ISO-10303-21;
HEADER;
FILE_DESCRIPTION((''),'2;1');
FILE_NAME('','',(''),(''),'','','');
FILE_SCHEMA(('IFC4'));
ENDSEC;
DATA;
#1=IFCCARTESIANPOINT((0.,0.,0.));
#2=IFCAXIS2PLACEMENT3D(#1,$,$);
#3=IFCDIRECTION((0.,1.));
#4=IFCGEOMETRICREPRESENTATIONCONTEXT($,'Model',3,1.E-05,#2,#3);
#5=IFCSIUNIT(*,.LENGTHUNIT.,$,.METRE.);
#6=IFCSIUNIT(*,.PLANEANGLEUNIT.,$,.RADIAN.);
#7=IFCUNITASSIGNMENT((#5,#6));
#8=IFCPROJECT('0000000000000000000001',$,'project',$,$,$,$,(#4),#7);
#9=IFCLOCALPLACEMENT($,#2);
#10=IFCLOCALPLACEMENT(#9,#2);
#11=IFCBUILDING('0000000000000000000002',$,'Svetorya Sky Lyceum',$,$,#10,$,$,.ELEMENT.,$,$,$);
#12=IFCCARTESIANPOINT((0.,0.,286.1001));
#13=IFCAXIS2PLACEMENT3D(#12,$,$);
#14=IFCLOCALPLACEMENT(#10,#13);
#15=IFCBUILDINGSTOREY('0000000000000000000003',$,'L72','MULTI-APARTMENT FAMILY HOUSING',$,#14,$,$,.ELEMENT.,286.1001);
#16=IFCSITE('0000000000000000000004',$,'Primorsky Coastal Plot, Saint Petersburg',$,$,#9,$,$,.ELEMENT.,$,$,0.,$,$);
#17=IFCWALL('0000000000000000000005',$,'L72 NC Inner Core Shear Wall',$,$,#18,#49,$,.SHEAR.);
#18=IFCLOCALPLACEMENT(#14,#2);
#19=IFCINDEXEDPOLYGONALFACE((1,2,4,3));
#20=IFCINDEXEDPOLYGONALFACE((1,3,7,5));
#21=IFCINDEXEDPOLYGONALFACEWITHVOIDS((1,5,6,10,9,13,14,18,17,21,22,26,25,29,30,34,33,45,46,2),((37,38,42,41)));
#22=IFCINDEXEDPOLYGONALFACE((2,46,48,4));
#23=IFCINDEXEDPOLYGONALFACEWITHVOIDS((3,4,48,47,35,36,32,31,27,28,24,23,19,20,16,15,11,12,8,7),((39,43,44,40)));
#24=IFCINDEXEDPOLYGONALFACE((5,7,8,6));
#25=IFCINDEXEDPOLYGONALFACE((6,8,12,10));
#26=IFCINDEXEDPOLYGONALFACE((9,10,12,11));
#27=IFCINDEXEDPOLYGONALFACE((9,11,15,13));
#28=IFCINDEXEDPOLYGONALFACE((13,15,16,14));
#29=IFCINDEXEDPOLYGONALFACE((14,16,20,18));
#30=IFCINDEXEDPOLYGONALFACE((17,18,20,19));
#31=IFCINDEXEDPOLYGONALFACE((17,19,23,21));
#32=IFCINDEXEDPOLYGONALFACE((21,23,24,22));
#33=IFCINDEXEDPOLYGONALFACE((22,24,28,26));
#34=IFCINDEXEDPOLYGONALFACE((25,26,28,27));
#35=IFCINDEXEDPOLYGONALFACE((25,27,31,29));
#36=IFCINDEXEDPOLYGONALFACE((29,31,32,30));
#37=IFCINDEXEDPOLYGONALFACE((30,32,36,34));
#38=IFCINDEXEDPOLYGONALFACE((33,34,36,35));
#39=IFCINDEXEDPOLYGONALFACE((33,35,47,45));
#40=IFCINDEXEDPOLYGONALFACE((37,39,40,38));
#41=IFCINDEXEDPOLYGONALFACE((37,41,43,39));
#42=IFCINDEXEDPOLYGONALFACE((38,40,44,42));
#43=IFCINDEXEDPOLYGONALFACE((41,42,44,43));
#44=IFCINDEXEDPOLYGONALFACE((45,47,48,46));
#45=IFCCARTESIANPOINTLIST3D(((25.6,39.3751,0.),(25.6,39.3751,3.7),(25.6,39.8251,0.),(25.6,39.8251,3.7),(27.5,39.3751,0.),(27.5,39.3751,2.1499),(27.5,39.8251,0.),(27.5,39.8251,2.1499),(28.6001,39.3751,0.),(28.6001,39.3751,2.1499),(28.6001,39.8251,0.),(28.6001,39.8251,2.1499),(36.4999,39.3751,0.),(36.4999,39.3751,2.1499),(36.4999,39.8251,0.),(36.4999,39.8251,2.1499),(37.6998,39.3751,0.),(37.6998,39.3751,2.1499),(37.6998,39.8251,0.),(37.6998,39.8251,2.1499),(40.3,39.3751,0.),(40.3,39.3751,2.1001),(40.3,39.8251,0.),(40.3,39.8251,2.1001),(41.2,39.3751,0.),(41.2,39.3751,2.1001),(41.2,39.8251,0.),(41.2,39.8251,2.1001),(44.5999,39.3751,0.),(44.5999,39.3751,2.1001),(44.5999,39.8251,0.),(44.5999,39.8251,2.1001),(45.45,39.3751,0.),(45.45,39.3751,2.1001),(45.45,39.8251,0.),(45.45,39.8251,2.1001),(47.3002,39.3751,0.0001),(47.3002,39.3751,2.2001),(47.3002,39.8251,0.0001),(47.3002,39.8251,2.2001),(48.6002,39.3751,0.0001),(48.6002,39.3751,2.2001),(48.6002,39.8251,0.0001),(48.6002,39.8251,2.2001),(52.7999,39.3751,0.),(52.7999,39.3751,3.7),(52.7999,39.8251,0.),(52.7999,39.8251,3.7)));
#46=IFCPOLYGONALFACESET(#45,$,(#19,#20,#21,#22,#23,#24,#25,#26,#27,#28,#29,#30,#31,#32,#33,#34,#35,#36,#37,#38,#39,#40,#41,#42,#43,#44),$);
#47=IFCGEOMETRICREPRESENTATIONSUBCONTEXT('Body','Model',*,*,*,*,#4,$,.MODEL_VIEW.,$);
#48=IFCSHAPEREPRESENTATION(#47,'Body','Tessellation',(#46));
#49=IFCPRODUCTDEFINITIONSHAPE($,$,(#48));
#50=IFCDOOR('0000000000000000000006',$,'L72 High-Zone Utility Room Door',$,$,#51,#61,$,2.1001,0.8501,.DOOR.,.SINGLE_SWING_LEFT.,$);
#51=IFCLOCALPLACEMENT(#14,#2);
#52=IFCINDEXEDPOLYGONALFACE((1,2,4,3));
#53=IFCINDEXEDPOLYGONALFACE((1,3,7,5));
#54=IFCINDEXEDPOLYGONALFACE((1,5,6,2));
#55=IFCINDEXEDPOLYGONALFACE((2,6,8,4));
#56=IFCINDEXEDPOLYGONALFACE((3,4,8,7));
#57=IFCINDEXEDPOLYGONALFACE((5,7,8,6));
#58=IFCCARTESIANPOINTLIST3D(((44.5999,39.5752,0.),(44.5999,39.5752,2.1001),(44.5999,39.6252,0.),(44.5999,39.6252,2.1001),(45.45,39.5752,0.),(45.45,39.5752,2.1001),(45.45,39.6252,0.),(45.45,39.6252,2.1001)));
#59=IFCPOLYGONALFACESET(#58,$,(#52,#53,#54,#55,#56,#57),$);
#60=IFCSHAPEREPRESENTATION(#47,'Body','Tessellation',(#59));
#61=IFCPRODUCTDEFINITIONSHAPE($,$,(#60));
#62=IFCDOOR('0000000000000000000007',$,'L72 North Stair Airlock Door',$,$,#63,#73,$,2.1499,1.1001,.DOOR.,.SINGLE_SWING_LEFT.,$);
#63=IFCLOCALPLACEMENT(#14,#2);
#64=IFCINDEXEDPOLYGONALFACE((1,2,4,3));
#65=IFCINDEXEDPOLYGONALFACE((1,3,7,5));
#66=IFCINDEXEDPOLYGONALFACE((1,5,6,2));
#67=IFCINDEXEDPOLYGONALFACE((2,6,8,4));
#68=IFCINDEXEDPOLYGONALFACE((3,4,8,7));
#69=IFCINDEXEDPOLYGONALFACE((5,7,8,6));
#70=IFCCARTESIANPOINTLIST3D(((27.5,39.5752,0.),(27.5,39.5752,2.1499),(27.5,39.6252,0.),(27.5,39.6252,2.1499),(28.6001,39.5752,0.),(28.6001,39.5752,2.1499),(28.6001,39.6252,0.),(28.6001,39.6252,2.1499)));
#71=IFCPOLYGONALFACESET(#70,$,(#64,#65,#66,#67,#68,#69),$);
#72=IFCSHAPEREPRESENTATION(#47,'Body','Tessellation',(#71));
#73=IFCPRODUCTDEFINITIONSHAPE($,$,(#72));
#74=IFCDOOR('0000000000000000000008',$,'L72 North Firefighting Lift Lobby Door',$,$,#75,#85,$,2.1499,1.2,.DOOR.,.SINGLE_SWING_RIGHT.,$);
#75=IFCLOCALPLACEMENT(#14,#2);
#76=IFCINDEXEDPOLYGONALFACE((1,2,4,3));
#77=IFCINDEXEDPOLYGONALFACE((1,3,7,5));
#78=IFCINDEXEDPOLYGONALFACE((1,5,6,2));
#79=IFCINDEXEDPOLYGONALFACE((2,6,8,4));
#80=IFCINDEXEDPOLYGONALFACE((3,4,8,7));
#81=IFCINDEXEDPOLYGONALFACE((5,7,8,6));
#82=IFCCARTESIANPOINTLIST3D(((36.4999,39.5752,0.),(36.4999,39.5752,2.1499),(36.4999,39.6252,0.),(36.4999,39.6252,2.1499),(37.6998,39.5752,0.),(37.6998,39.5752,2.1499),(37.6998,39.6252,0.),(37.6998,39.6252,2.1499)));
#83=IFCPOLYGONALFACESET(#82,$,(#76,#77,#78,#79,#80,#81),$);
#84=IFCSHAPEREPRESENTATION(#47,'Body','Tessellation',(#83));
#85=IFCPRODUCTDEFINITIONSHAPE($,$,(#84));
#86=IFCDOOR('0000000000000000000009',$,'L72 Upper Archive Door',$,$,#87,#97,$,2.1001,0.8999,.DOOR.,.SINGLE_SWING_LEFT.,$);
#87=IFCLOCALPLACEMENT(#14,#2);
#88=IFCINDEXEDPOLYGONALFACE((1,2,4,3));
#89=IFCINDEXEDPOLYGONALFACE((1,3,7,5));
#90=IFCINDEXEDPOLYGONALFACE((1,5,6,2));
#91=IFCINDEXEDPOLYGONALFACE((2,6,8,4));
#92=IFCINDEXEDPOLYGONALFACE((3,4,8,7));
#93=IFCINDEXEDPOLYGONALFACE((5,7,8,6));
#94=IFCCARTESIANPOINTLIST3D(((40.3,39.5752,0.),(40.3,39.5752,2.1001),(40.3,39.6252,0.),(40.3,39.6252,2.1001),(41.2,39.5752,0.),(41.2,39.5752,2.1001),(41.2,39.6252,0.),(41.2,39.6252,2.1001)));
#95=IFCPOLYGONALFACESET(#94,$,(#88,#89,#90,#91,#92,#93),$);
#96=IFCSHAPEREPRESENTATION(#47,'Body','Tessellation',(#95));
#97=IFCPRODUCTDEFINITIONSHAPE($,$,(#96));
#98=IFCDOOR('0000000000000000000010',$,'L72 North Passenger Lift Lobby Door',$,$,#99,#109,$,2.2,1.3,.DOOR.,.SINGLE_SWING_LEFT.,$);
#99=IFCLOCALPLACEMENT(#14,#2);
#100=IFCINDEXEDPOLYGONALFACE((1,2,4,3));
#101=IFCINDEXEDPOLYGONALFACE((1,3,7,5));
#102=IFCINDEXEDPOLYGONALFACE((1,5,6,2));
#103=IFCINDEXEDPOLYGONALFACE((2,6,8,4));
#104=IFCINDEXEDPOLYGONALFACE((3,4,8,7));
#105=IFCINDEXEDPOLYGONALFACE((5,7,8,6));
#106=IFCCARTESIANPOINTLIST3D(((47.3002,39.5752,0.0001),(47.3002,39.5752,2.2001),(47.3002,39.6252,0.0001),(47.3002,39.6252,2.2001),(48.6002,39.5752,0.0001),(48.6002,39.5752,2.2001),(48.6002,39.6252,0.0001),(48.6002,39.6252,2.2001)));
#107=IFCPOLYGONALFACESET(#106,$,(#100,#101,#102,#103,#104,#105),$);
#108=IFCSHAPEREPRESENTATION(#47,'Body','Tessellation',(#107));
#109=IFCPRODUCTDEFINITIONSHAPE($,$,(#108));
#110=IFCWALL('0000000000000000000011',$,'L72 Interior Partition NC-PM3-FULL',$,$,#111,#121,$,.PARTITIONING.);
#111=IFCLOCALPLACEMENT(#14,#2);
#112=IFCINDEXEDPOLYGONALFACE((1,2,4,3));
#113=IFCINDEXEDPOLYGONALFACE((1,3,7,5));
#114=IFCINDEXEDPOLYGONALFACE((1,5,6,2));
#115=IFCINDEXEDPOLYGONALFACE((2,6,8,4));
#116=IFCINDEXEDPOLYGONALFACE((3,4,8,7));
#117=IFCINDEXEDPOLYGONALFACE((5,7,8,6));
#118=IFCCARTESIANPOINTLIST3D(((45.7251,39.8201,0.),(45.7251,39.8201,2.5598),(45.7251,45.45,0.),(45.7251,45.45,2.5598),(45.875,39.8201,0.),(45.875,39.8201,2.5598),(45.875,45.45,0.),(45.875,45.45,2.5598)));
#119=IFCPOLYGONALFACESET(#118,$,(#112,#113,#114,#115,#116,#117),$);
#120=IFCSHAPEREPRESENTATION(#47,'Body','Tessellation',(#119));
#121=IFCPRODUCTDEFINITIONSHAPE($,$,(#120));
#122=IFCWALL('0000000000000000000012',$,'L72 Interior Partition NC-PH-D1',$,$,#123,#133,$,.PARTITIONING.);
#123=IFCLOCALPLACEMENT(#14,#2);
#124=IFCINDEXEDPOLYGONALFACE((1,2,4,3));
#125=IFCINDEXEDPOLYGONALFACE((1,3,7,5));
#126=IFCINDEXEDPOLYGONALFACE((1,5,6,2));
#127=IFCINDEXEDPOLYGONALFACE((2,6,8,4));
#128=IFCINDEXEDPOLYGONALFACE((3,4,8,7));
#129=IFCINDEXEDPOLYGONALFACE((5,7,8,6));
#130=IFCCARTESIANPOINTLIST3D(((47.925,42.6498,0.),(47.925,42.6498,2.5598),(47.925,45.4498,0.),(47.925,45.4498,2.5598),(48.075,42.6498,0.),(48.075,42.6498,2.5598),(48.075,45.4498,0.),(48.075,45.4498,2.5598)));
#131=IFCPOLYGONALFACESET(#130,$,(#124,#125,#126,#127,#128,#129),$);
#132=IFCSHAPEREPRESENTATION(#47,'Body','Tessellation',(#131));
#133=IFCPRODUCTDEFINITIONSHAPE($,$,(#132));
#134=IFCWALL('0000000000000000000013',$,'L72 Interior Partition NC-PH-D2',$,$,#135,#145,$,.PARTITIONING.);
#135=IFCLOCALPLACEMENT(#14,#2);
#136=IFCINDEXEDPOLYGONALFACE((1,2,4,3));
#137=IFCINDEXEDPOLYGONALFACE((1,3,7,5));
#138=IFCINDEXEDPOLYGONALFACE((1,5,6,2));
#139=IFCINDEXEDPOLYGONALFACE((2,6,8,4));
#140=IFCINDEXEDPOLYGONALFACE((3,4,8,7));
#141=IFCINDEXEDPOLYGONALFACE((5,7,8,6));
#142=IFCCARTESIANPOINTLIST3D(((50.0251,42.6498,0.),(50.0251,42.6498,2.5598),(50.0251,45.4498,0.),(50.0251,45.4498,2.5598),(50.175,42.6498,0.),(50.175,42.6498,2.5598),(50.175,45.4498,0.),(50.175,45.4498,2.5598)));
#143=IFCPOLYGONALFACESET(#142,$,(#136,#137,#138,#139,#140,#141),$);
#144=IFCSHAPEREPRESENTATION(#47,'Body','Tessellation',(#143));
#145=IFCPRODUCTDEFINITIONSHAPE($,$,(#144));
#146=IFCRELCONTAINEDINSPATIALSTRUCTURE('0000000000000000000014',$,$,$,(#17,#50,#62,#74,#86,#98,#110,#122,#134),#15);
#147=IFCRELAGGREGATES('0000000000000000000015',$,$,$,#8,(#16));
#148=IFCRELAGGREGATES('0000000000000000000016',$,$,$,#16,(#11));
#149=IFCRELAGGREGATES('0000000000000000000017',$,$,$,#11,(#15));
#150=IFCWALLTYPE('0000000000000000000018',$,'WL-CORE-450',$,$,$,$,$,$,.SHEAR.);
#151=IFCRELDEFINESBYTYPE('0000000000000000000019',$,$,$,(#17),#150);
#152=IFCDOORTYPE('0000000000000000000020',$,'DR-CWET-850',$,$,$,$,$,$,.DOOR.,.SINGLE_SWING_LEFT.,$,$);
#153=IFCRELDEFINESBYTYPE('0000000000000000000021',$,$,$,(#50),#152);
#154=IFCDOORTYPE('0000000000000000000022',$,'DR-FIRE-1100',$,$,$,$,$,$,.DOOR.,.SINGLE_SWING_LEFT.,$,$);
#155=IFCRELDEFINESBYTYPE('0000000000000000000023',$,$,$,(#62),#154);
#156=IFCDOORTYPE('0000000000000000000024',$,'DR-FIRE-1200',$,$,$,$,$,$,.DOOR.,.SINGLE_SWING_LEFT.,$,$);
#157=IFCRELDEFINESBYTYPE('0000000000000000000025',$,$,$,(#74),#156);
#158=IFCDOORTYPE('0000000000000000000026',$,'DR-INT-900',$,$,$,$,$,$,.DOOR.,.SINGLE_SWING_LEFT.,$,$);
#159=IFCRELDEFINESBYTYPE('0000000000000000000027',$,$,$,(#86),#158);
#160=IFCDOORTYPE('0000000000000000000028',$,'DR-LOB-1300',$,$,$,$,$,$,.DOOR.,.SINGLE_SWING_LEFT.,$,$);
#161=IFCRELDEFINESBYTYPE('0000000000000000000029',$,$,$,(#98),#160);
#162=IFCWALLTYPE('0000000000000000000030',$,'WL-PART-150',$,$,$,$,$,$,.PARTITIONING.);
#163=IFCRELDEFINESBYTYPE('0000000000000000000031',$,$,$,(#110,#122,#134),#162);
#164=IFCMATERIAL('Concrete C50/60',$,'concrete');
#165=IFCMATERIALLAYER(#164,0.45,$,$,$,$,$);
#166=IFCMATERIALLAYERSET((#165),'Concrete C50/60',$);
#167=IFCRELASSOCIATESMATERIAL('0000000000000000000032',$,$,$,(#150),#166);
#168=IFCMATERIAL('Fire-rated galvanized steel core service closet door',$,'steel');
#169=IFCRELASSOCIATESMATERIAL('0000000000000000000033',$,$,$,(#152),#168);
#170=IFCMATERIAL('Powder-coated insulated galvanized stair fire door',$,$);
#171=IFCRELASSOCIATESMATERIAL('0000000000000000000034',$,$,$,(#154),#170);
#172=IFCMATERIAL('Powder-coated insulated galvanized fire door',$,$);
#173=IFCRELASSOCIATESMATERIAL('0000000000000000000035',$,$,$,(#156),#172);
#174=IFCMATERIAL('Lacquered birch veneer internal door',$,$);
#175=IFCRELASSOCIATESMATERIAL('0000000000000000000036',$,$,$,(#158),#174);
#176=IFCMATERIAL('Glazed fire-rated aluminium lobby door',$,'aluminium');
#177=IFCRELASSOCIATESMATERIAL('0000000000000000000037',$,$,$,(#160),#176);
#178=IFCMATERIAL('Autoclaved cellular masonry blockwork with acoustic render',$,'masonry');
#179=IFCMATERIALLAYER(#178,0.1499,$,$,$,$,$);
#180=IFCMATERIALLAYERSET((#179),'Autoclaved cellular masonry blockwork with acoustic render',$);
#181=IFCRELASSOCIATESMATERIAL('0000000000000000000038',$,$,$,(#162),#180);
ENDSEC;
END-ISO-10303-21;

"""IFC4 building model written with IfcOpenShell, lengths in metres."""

from ifc_helpers import new_model, si_unit, direction, frame, frame_2d, origin, place, context, subcontext, project, spatial, rectangle, extrude, material, layer, layer_set, type_object, element, fill, save


model = new_model("IFC4")

# Units and contexts
model_context = context("Model", 3, precision=1e-05, world=origin(), true_north=direction((0.0, 1.0)))
body_context = subcontext(model_context, "Body", "Model", "MODEL_VIEW")
ifc_project = project(units=[si_unit("LENGTHUNIT", "METRE"), si_unit("PLANEANGLEUNIT", "RADIAN")], contexts=[model_context])

# Site, building, storey
site_placement = place(None, origin())
site = spatial("IfcSite", under=ifc_project, at=site_placement, Name="Primorsky Coastal Plot, Saint Petersburg", CompositionType="ELEMENT", RefElevation=0.0)
building_placement = place(site_placement, origin())
building = spatial("IfcBuilding", under=site, at=building_placement, Name="Svetorya Sky Lyceum", CompositionType="ELEMENT")
storey_placement = place(building_placement, frame((0.0, 0.0, 286.1001)))
storey = spatial("IfcBuildingStorey", under=building, at=storey_placement, Name="L72", Description="MULTI-APARTMENT FAMILY HOUSING", CompositionType="ELEMENT", Elevation=286.1001)

# Wall, openings, doors
ifc_material_1 = material(Name="Concrete C50/60", Category="concrete")
ifc_layer_1 = layer(ifc_material_1, 0.45)
ifc_layer_set_1 = layer_set([ifc_layer_1], Name="Concrete C50/60")
wall_type_1 = type_object("IfcWallType", Name="WL-CORE-450", PredefinedType="SHEAR", material=ifc_layer_set_1)
wall_1_placement = place(storey_placement, frame((52.8, 39.6001, 0.0), z_axis=(0.0, 0.0, 1.0), x_axis=(-1.0, 0.0, 0.0)))
wall_1 = element("IfcWall", 1, at=wall_1_placement, inside=storey, type_object=wall_type_1, Name="L72 NC Inner Core Shear Wall", PredefinedType="SHEAR", context=body_context, shape_type="SweptSolid", body=[
    extrude(rectangle(XDim=27.2, YDim=0.45, at=frame_2d((13.6001, 0.0))), origin(), (0.0, 0.0, 1.0), 3.7),
])
opening_1_placement = place(wall_1_placement, frame((24.2, 0.0, 0.0)))
opening_1 = element("IfcOpeningElement", 2, at=opening_1_placement, cuts=wall_1, PredefinedType="OPENING", context=body_context, shape_type="SweptSolid", body=[
    extrude(rectangle(XDim=1.1001, YDim=2.1499, at=frame_2d((0.55, 1.075))), frame((0.0, 0.2349, 0.0), z_axis=(0.0, -1.0, 0.0), x_axis=(1.0, 0.0, 0.0)), (0.0, 0.0, 1.0), 0.47),
])
opening_2_placement = place(wall_1_placement, frame((15.1001, 0.0, 0.0)))
opening_2 = element("IfcOpeningElement", 3, at=opening_2_placement, cuts=wall_1, PredefinedType="OPENING", context=body_context, shape_type="SweptSolid", body=[
    extrude(rectangle(XDim=1.2, YDim=2.1499, at=frame_2d((0.6001, 1.075))), frame((0.0, 0.2349, 0.0), z_axis=(0.0, -1.0, 0.0), x_axis=(1.0, 0.0, 0.0)), (0.0, 0.0, 1.0), 0.47),
])
opening_3_placement = place(wall_1_placement, frame((11.6001, 0.0, 0.0)))
opening_3 = element("IfcOpeningElement", 4, at=opening_3_placement, cuts=wall_1, PredefinedType="OPENING", context=body_context, shape_type="SweptSolid", body=[
    extrude(rectangle(XDim=0.8999, YDim=2.1001, at=frame_2d((0.45, 1.05))), frame((0.0, 0.2349, 0.0), z_axis=(0.0, -1.0, 0.0), x_axis=(1.0, 0.0, 0.0)), (0.0, 0.0, 1.0), 0.47),
])
opening_4_placement = place(wall_1_placement, frame((7.3501, 0.0, 0.0)))
opening_4 = element("IfcOpeningElement", 5, at=opening_4_placement, cuts=wall_1, PredefinedType="OPENING", context=body_context, shape_type="SweptSolid", body=[
    extrude(rectangle(XDim=0.8501, YDim=2.1001, at=frame_2d((0.425, 1.05))), frame((0.0, 0.2349, 0.0), z_axis=(0.0, -1.0, 0.0), x_axis=(1.0, 0.0, 0.0)), (0.0, 0.0, 1.0), 0.47),
])
opening_5_placement = place(wall_1_placement, frame((4.2, 0.0, 0.0)))
opening_5 = element("IfcOpeningElement", 6, at=opening_5_placement, cuts=wall_1, PredefinedType="OPENING", context=body_context, shape_type="SweptSolid", body=[
    extrude(rectangle(XDim=1.3, YDim=2.2, at=frame_2d((0.6499, 1.1001))), frame((0.0, 0.2349, 0.0), z_axis=(0.0, -1.0, 0.0), x_axis=(1.0, 0.0, 0.0)), (0.0, 0.0, 1.0), 0.47),
])
ifc_material_2 = material(Name="Fire-rated galvanized steel core service closet door", Category="steel")
door_type_1 = type_object("IfcDoorType", Name="DR-CWET-850", OperationType="SINGLE_SWING_LEFT", PredefinedType="DOOR", material=ifc_material_2)
door_1_placement = place(opening_4_placement, origin())
door_1 = element("IfcDoor", 7, at=door_1_placement, inside=storey, type_object=door_type_1, Name="L72 High-Zone Utility Room Door", OperationType="SINGLE_SWING_LEFT", OverallHeight=2.1001, OverallWidth=0.8501, PredefinedType="DOOR", context=body_context, shape_type="SweptSolid", body=[
    extrude(rectangle(XDim=0.8501, YDim=2.1001, at=frame_2d((0.425, 1.05))), frame((0.0, 0.0249, 0.0), z_axis=(0.0, -1.0, 0.0), x_axis=(1.0, 0.0, 0.0)), (0.0, 0.0, 1.0), 0.05),
])
fill(opening_4, door_1)
ifc_material_3 = material(Name="Powder-coated insulated galvanized stair fire door")
door_type_2 = type_object("IfcDoorType", Name="DR-FIRE-1100", OperationType="SINGLE_SWING_LEFT", PredefinedType="DOOR", material=ifc_material_3)
door_2_placement = place(opening_1_placement, origin())
door_2 = element("IfcDoor", 8, at=door_2_placement, inside=storey, type_object=door_type_2, Name="L72 North Stair Airlock Door", OperationType="SINGLE_SWING_LEFT", OverallHeight=2.1499, OverallWidth=1.1001, PredefinedType="DOOR", context=body_context, shape_type="SweptSolid", body=[
    extrude(rectangle(XDim=1.1001, YDim=2.1499, at=frame_2d((0.55, 1.075))), frame((0.0, 0.0249, 0.0), z_axis=(0.0, -1.0, 0.0), x_axis=(1.0, 0.0, 0.0)), (0.0, 0.0, 1.0), 0.05),
])
fill(opening_1, door_2)
ifc_material_4 = material(Name="Powder-coated insulated galvanized fire door")
door_type_3 = type_object("IfcDoorType", Name="DR-FIRE-1200", OperationType="SINGLE_SWING_LEFT", PredefinedType="DOOR", material=ifc_material_4)
door_3_placement = place(opening_2_placement, origin())
door_3 = element("IfcDoor", 9, at=door_3_placement, inside=storey, type_object=door_type_3, Name="L72 North Firefighting Lift Lobby Door", OperationType="SINGLE_SWING_RIGHT", OverallHeight=2.1499, OverallWidth=1.2, PredefinedType="DOOR", context=body_context, shape_type="SweptSolid", body=[
    extrude(rectangle(XDim=1.2, YDim=2.1499, at=frame_2d((0.6001, 1.075))), frame((0.0, 0.0249, 0.0), z_axis=(0.0, -1.0, 0.0), x_axis=(1.0, 0.0, 0.0)), (0.0, 0.0, 1.0), 0.05),
])
fill(opening_2, door_3)
ifc_material_5 = material(Name="Lacquered birch veneer internal door")
door_type_4 = type_object("IfcDoorType", Name="DR-INT-900", OperationType="SINGLE_SWING_LEFT", PredefinedType="DOOR", material=ifc_material_5)
door_4_placement = place(opening_3_placement, origin())
door_4 = element("IfcDoor", 10, at=door_4_placement, inside=storey, type_object=door_type_4, Name="L72 Upper Archive Door", OperationType="SINGLE_SWING_LEFT", OverallHeight=2.1001, OverallWidth=0.8999, PredefinedType="DOOR", context=body_context, shape_type="SweptSolid", body=[
    extrude(rectangle(XDim=0.8999, YDim=2.1001, at=frame_2d((0.45, 1.05))), frame((0.0, 0.0249, 0.0), z_axis=(0.0, -1.0, 0.0), x_axis=(1.0, 0.0, 0.0)), (0.0, 0.0, 1.0), 0.05),
])
fill(opening_3, door_4)
ifc_material_6 = material(Name="Glazed fire-rated aluminium lobby door", Category="aluminium")
door_type_5 = type_object("IfcDoorType", Name="DR-LOB-1300", OperationType="SINGLE_SWING_LEFT", PredefinedType="DOOR", material=ifc_material_6)
door_5_placement = place(opening_5_placement, origin())
door_5 = element("IfcDoor", 11, at=door_5_placement, inside=storey, type_object=door_type_5, Name="L72 North Passenger Lift Lobby Door", OperationType="SINGLE_SWING_LEFT", OverallHeight=2.2, OverallWidth=1.3, PredefinedType="DOOR", context=body_context, shape_type="SweptSolid", body=[
    extrude(rectangle(XDim=1.3, YDim=2.2, at=frame_2d((0.6499, 1.1001))), frame((0.0, 0.0249, 0.0), z_axis=(0.0, -1.0, 0.0), x_axis=(1.0, 0.0, 0.0)), (0.0, 0.0, 1.0), 0.05),
])
fill(opening_5, door_5)

# Walls
ifc_material_7 = material(Name="Autoclaved cellular masonry blockwork with acoustic render", Category="masonry")
ifc_layer_2 = layer(ifc_material_7, 0.1499)
ifc_layer_set_2 = layer_set([ifc_layer_2], Name="Autoclaved cellular masonry blockwork with acoustic render")
wall_type_2 = type_object("IfcWallType", Name="WL-PART-150", PredefinedType="PARTITIONING", material=ifc_layer_set_2)
wall_2_placement = place(storey_placement, frame((45.8, 39.8201, 0.0), z_axis=(0.0, 0.0, 1.0), x_axis=(0.0, 1.0, 0.0)))
element("IfcWall", 12, at=wall_2_placement, inside=storey, type_object=wall_type_2, Name="L72 Interior Partition NC-PM3-FULL", PredefinedType="PARTITIONING", context=body_context, shape_type="SweptSolid", body=[
    extrude(rectangle(XDim=5.6299, YDim=0.1499, at=frame_2d((2.8149, 0.0))), origin(), (0.0, 0.0, 1.0), 2.5598),
])
for number, where, z_axis, x_axis, name in (
    (13, (48.0, 42.6499, 0.0), (0.0, 0.0, 1.0), (0.0, 1.0, 0.0), "L72 Interior Partition NC-PH-D1"),
    (14, (50.1001, 42.6499, 0.0), (0.0, 0.0, 1.0), (0.0, 1.0, 0.0), "L72 Interior Partition NC-PH-D2"),
):
    element("IfcWall", number, at=place(storey_placement, frame(where, z_axis=z_axis, x_axis=x_axis)), inside=storey, type_object=wall_type_2, Name=name, PredefinedType="PARTITIONING", context=body_context, shape_type="SweptSolid", body=[
        extrude(rectangle(XDim=2.8, YDim=0.1499, at=frame_2d((1.3999, 0.0))), origin(), (0.0, 0.0, 1.0), 2.5598),
    ])

save(model, "model.ifc")
